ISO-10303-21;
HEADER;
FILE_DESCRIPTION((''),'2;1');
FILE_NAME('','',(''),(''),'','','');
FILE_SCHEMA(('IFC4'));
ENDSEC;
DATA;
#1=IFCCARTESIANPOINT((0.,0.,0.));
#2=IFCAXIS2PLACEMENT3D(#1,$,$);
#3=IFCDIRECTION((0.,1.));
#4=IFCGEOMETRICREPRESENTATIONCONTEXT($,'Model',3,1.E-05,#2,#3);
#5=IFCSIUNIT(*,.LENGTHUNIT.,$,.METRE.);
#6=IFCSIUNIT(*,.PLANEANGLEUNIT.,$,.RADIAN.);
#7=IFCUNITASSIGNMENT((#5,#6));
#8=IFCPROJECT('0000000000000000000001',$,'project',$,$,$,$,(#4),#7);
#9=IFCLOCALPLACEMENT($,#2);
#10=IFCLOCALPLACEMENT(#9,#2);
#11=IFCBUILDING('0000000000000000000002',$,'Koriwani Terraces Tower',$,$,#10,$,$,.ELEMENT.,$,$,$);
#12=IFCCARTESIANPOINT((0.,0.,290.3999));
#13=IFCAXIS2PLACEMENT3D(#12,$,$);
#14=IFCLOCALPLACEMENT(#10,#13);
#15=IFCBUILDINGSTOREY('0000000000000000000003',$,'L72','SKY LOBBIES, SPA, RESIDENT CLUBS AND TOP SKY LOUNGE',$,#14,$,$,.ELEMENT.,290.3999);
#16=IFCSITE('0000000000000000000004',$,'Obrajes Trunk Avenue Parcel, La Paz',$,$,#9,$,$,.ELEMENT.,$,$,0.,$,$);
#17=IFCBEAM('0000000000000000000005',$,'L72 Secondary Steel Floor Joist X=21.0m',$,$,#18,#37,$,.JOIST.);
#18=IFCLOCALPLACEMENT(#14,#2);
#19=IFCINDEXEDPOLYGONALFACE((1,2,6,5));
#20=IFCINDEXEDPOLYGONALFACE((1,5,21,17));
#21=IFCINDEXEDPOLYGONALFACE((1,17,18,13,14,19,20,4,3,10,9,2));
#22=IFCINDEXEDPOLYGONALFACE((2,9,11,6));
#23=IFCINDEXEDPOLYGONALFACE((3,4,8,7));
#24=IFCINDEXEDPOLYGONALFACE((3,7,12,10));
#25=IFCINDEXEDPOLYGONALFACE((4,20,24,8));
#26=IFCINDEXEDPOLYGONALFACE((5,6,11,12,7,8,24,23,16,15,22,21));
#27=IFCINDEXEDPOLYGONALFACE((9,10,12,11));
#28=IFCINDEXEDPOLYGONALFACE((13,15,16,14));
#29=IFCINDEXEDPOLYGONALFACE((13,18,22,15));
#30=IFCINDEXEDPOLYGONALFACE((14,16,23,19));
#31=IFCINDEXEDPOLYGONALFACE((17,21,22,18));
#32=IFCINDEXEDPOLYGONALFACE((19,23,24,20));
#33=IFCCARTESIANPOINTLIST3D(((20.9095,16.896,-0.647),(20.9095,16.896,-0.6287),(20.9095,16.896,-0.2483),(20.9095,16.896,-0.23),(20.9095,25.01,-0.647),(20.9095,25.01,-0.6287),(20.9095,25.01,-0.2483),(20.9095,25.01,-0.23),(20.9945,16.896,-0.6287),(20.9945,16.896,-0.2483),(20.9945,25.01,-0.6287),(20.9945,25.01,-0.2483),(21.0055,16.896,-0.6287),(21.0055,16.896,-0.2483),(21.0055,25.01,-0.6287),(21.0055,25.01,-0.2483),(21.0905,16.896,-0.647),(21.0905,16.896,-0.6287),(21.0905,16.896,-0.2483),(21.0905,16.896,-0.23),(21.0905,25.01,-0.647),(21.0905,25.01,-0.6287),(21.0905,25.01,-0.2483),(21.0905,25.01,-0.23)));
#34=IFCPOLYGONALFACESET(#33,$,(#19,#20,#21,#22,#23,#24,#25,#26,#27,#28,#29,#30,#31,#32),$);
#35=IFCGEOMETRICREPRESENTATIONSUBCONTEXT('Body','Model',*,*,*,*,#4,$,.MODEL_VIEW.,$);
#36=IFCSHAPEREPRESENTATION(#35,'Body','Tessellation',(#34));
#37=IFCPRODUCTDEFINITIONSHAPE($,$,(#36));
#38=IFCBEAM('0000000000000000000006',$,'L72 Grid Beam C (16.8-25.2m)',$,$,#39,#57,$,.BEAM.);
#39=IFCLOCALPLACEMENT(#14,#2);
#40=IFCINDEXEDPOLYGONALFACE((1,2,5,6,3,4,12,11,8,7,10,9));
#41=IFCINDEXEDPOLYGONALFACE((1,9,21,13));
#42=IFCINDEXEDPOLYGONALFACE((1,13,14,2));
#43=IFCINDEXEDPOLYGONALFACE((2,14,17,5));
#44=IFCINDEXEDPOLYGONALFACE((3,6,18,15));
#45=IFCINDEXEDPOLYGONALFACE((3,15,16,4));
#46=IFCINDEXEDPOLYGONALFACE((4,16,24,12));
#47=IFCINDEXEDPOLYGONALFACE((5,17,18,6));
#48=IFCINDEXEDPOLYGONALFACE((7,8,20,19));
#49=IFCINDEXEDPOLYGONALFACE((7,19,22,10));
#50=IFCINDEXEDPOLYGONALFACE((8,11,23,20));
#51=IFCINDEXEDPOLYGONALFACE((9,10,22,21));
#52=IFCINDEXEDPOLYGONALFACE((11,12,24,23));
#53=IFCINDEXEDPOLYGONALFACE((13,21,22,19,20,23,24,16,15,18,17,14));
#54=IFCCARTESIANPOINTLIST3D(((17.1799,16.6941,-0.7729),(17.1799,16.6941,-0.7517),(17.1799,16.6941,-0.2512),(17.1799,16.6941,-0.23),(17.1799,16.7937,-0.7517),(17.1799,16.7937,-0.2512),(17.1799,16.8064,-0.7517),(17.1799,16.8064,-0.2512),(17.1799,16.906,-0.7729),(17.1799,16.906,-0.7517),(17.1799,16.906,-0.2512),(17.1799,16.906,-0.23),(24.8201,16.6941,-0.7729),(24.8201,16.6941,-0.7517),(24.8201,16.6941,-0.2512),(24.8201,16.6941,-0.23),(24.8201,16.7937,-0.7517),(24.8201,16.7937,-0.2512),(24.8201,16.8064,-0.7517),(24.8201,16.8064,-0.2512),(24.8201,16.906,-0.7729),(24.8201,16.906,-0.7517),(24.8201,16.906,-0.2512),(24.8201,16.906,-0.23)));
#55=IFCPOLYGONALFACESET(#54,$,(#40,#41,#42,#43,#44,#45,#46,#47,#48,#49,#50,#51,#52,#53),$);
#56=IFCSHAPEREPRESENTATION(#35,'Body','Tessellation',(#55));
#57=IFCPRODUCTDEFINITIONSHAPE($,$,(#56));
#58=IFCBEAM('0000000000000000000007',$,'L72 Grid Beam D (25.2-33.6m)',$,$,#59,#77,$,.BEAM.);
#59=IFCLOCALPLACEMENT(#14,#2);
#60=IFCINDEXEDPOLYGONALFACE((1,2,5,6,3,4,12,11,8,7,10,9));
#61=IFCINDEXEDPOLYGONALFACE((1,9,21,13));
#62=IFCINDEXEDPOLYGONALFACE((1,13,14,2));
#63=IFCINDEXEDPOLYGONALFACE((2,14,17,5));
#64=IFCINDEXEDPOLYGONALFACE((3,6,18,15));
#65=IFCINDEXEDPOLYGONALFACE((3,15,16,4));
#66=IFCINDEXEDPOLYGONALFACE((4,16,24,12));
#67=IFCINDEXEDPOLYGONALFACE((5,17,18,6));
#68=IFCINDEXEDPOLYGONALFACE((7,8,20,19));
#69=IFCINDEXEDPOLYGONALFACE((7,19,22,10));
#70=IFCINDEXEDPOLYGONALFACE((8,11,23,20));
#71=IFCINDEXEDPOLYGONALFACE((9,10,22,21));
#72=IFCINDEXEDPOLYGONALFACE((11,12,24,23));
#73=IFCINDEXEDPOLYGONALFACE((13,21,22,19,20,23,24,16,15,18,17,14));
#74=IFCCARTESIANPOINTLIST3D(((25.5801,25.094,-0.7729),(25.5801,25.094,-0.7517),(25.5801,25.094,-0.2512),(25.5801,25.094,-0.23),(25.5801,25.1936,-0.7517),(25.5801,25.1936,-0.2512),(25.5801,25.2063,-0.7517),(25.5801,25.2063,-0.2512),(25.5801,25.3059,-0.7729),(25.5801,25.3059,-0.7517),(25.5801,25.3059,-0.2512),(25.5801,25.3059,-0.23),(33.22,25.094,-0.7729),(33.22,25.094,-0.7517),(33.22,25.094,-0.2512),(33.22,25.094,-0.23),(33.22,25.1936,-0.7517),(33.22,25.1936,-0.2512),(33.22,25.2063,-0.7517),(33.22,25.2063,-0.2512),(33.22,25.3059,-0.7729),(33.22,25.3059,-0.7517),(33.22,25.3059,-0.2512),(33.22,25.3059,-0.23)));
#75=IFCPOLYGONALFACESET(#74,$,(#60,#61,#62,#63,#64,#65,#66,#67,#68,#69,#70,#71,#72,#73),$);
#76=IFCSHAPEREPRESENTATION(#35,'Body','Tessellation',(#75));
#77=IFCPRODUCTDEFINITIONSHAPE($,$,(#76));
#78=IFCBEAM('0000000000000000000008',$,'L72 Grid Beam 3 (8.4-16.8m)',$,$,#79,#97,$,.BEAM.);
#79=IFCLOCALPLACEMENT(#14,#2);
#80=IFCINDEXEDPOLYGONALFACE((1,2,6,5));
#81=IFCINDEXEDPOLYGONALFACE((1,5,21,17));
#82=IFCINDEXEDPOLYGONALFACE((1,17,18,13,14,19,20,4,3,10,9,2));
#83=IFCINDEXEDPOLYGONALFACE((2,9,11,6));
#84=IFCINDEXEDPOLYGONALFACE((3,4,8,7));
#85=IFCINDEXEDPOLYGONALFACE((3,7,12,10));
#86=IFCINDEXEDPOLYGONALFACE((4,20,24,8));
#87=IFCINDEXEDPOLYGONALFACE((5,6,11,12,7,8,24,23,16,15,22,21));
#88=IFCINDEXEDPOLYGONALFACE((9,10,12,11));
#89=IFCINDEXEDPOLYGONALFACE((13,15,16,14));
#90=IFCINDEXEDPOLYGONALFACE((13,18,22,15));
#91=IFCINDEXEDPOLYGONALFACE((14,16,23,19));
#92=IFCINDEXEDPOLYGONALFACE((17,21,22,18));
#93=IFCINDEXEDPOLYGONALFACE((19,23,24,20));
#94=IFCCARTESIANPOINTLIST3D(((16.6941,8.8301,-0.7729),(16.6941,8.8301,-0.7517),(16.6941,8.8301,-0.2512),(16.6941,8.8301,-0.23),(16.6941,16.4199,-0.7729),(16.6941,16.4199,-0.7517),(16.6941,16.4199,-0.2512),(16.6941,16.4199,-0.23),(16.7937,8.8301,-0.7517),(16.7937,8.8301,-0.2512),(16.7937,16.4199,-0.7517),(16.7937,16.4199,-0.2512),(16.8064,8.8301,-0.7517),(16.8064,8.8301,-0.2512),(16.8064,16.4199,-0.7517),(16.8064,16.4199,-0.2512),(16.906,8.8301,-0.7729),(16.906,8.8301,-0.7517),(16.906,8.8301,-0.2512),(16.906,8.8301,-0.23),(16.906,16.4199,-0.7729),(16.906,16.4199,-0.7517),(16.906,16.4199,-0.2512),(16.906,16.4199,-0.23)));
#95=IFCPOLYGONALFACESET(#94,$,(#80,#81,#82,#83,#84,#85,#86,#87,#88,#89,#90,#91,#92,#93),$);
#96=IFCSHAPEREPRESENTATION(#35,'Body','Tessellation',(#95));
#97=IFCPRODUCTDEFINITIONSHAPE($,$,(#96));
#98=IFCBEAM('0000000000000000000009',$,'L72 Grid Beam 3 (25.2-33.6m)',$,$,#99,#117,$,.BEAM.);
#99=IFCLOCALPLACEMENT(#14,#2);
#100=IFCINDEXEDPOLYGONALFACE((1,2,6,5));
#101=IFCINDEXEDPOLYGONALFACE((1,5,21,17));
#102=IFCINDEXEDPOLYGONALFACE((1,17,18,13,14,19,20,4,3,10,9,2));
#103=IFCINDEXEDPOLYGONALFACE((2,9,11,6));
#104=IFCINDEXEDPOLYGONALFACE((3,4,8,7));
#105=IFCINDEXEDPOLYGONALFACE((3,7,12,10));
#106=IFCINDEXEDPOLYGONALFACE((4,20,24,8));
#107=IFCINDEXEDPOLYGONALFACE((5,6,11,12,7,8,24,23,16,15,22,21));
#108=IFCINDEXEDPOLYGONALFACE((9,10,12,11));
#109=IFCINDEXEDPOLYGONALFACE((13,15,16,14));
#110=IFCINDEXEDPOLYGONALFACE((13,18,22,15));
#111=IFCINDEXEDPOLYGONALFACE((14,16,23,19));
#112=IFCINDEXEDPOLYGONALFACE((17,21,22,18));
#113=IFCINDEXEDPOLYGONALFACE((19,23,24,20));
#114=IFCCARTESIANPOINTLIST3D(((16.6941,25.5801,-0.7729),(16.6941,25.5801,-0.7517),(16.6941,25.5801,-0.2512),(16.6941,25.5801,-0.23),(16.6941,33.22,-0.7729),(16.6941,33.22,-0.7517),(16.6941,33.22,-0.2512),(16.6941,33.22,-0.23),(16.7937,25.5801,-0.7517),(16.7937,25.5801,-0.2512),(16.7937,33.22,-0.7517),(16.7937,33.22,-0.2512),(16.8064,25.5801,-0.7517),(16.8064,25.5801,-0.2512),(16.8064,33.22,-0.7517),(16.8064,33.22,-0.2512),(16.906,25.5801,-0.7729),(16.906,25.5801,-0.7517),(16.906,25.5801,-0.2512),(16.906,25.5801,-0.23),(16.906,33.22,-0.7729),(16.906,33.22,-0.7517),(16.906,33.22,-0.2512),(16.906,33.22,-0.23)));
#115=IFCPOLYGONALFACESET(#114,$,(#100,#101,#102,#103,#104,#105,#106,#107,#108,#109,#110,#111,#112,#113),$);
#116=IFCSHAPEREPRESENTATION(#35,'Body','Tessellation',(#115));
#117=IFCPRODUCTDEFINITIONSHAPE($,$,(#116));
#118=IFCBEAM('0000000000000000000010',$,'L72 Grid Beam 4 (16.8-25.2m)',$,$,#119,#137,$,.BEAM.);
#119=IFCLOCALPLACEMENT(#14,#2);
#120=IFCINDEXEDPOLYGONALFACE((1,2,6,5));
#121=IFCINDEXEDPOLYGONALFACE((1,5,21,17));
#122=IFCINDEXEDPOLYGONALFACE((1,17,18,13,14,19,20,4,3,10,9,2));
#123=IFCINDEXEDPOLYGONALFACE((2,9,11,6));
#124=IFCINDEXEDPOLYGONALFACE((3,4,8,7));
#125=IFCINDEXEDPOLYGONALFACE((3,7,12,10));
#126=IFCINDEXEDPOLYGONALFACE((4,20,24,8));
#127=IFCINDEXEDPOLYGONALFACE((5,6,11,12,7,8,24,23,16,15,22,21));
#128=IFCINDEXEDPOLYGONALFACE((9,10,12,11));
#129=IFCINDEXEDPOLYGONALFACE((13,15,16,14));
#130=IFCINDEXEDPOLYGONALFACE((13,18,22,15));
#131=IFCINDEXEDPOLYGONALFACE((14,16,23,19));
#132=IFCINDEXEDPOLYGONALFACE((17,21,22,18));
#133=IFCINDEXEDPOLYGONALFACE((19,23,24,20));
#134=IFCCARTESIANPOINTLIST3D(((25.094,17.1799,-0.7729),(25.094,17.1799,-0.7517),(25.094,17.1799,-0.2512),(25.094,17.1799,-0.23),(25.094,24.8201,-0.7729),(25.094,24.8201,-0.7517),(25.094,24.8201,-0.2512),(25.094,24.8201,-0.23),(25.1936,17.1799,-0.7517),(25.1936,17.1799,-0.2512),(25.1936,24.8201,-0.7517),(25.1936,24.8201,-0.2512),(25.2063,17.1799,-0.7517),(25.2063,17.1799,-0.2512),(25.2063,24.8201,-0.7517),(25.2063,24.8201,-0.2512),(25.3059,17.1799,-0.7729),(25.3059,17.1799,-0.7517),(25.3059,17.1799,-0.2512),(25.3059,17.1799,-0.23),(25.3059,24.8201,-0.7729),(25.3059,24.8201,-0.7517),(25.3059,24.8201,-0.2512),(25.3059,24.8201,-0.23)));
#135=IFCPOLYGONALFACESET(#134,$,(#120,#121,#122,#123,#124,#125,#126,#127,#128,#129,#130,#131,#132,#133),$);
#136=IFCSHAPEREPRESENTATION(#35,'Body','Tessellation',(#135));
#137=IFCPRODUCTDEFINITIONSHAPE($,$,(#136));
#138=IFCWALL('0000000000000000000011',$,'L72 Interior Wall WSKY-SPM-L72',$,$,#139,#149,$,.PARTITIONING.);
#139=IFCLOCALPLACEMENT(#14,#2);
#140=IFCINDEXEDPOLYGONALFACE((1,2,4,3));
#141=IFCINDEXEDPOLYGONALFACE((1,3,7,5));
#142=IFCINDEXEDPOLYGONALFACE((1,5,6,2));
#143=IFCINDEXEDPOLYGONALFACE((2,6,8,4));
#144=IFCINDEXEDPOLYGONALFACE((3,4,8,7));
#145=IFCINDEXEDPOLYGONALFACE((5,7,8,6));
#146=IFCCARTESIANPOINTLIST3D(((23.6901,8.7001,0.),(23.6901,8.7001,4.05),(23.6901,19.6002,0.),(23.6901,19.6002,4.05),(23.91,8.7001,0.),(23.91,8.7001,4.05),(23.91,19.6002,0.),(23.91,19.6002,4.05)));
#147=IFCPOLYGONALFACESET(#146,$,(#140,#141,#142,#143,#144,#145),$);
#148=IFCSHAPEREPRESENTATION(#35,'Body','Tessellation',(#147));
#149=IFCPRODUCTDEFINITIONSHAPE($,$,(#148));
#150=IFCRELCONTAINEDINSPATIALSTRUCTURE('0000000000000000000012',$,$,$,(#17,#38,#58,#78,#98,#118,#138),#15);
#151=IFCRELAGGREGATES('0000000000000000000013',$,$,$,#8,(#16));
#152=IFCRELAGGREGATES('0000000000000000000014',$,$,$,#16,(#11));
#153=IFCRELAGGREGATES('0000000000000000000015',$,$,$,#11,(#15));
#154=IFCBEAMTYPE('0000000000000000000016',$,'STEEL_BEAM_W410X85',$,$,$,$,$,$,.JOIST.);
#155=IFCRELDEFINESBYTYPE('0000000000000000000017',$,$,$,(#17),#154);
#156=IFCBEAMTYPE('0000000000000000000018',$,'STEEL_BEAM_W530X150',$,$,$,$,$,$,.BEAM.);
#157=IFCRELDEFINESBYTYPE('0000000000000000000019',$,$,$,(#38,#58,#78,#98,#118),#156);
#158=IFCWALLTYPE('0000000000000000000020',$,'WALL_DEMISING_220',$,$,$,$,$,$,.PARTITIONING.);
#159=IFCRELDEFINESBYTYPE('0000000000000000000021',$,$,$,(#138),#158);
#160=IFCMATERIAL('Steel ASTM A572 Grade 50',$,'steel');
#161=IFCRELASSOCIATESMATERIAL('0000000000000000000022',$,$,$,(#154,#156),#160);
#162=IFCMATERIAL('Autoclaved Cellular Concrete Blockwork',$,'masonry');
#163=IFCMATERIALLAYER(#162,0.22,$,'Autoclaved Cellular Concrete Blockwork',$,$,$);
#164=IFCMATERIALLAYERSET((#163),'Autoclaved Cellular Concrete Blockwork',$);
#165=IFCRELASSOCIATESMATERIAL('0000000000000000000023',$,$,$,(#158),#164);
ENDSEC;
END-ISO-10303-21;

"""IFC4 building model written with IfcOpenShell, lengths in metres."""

from ifc_helpers import new_model, si_unit, direction, frame, frame_2d, origin, origin_2d, place, context, subcontext, project, spatial, rectangle, i_section, extrude, material, layer, layer_set, material_profile, profile_set, type_object, element, save


model = new_model("IFC4")

# Units and contexts
model_context = context("Model", 3, precision=1e-05, world=origin(), true_north=direction((0.0, 1.0)))
body_context = subcontext(model_context, "Body", "Model", "MODEL_VIEW")
ifc_project = project(units=[si_unit("LENGTHUNIT", "METRE"), si_unit("PLANEANGLEUNIT", "RADIAN")], contexts=[model_context])

# Site, building, storey
site_placement = place(None, origin())
site = spatial("IfcSite", under=ifc_project, at=site_placement, Name="Obrajes Trunk Avenue Parcel, La Paz", CompositionType="ELEMENT", RefElevation=0.0)
building_placement = place(site_placement, origin())
building = spatial("IfcBuilding", under=site, at=building_placement, Name="Koriwani Terraces Tower", CompositionType="ELEMENT")
storey_placement = place(building_placement, frame((0.0, 0.0, 290.3999)))
storey = spatial("IfcBuildingStorey", under=building, at=storey_placement, Name="L72", Description="SKY LOBBIES, SPA, RESIDENT CLUBS AND TOP SKY LOUNGE", CompositionType="ELEMENT", Elevation=290.3999)

# Beams
ifc_material_1 = material(Name="Steel ASTM A572 Grade 50", Category="steel")
ifc_material_profile_1 = material_profile(ifc_material_1, i_section(OverallWidth=0.1809, OverallDepth=0.417, WebThickness=0.011, FlangeThickness=0.0183, at=origin_2d()), Name="Steel ASTM A572 Grade 50", Category="LoadBearing")
ifc_profile_set_1 = profile_set([ifc_material_profile_1], Name="Steel ASTM A572 Grade 50")
beam_type_1 = type_object("IfcBeamType", Name="STEEL_BEAM_W410X85", PredefinedType="JOIST", material=ifc_profile_set_1)
for number, where, z_axis, x_axis, name in (
    (1, (21.0, 16.896, -0.4385), (0.0, 1.0, 0.0), (-1.0, 0.0, 0.0), "L72 Secondary Steel Floor Joist X=21.0m"),
):
    element("IfcBeam", number, at=place(storey_placement, frame(where, z_axis=z_axis, x_axis=x_axis)), inside=storey, type_object=beam_type_1, Name=name, PredefinedType="JOIST", context=body_context, shape_type="SweptSolid", body=[
        extrude(i_section(OverallWidth=0.1809, OverallDepth=0.417, WebThickness=0.011, FlangeThickness=0.0183, at=origin_2d()), origin(), (0.0, 0.0, 1.0), 8.114),
    ])
ifc_material_profile_2 = material_profile(ifc_material_1, i_section(OverallWidth=0.2119, OverallDepth=0.543, WebThickness=0.0127, FlangeThickness=0.0212, at=origin_2d()), Name="Steel ASTM A572 Grade 50", Category="LoadBearing")
ifc_profile_set_2 = profile_set([ifc_material_profile_2], Name="Steel ASTM A572 Grade 50")
beam_type_2 = type_object("IfcBeamType", Name="STEEL_BEAM_W530X150", PredefinedType="BEAM", material=ifc_profile_set_2)
beam_1_placement = place(storey_placement, frame((17.1799, 16.8, -0.5015), z_axis=(1.0, 0.0, 0.0), x_axis=(0.0, 1.0, 0.0)))
element("IfcBeam", 2, at=beam_1_placement, inside=storey, type_object=beam_type_2, Name="L72 Grid Beam C (16.8-25.2m)", PredefinedType="BEAM", context=body_context, shape_type="SweptSolid", body=[
    extrude(i_section(OverallWidth=0.2119, OverallDepth=0.543, WebThickness=0.0127, FlangeThickness=0.0212, at=origin_2d()), origin(), (0.0, 0.0, 1.0), 7.6401),
])
beam_2_placement = place(storey_placement, frame((25.5801, 25.2, -0.5015), z_axis=(1.0, 0.0, 0.0), x_axis=(0.0, 1.0, 0.0)))
element("IfcBeam", 3, at=beam_2_placement, inside=storey, type_object=beam_type_2, Name="L72 Grid Beam D (25.2-33.6m)", PredefinedType="BEAM", context=body_context, shape_type="SweptSolid", body=[
    extrude(i_section(OverallWidth=0.2119, OverallDepth=0.543, WebThickness=0.0127, FlangeThickness=0.0212, at=origin_2d()), origin(), (0.0, 0.0, 1.0), 7.6399),
])
beam_3_placement = place(storey_placement, frame((16.8, 8.8301, -0.5015), z_axis=(0.0, 1.0, 0.0), x_axis=(-1.0, 0.0, 0.0)))
element("IfcBeam", 4, at=beam_3_placement, inside=storey, type_object=beam_type_2, Name="L72 Grid Beam 3 (8.4-16.8m)", PredefinedType="BEAM", context=body_context, shape_type="SweptSolid", body=[
    extrude(i_section(OverallWidth=0.2119, OverallDepth=0.543, WebThickness=0.0127, FlangeThickness=0.0212, at=origin_2d()), origin(), (0.0, 0.0, 1.0), 7.5898),
])
beam_4_placement = place(storey_placement, frame((16.8, 25.5801, -0.5015), z_axis=(0.0, 1.0, 0.0), x_axis=(-1.0, 0.0, 0.0)))
element("IfcBeam", 5, at=beam_4_placement, inside=storey, type_object=beam_type_2, Name="L72 Grid Beam 3 (25.2-33.6m)", PredefinedType="BEAM", context=body_context, shape_type="SweptSolid", body=[
    extrude(i_section(OverallWidth=0.2119, OverallDepth=0.543, WebThickness=0.0127, FlangeThickness=0.0212, at=origin_2d()), origin(), (0.0, 0.0, 1.0), 7.6399),
])
beam_5_placement = place(storey_placement, frame((25.2, 17.1799, -0.5015), z_axis=(0.0, 1.0, 0.0), x_axis=(-1.0, 0.0, 0.0)))
element("IfcBeam", 6, at=beam_5_placement, inside=storey, type_object=beam_type_2, Name="L72 Grid Beam 4 (16.8-25.2m)", PredefinedType="BEAM", context=body_context, shape_type="SweptSolid", body=[
    extrude(i_section(OverallWidth=0.2119, OverallDepth=0.543, WebThickness=0.0127, FlangeThickness=0.0212, at=origin_2d()), origin(), (0.0, 0.0, 1.0), 7.6401),
])

# Wall
ifc_material_2 = material(Name="Autoclaved Cellular Concrete Blockwork", Category="masonry")
ifc_layer = layer(ifc_material_2, 0.22, Name="Autoclaved Cellular Concrete Blockwork")
ifc_layer_set = layer_set([ifc_layer], Name="Autoclaved Cellular Concrete Blockwork")
wall_type = type_object("IfcWallType", Name="WALL_DEMISING_220", PredefinedType="PARTITIONING", material=ifc_layer_set)
wall_placement = place(storey_placement, frame((23.8, 8.7, 0.0), z_axis=(0.0, 0.0, 1.0), x_axis=(0.0, 1.0, 0.0)))
element("IfcWall", 7, at=wall_placement, inside=storey, type_object=wall_type, Name="L72 Interior Wall WSKY-SPM-L72", PredefinedType="PARTITIONING", context=body_context, shape_type="SweptSolid", body=[
    extrude(rectangle(XDim=10.9001, YDim=0.22, at=frame_2d((5.4502, 0.0))), origin(), (0.0, 0.0, 1.0), 4.05),
])

save(model, "model.ifc")
